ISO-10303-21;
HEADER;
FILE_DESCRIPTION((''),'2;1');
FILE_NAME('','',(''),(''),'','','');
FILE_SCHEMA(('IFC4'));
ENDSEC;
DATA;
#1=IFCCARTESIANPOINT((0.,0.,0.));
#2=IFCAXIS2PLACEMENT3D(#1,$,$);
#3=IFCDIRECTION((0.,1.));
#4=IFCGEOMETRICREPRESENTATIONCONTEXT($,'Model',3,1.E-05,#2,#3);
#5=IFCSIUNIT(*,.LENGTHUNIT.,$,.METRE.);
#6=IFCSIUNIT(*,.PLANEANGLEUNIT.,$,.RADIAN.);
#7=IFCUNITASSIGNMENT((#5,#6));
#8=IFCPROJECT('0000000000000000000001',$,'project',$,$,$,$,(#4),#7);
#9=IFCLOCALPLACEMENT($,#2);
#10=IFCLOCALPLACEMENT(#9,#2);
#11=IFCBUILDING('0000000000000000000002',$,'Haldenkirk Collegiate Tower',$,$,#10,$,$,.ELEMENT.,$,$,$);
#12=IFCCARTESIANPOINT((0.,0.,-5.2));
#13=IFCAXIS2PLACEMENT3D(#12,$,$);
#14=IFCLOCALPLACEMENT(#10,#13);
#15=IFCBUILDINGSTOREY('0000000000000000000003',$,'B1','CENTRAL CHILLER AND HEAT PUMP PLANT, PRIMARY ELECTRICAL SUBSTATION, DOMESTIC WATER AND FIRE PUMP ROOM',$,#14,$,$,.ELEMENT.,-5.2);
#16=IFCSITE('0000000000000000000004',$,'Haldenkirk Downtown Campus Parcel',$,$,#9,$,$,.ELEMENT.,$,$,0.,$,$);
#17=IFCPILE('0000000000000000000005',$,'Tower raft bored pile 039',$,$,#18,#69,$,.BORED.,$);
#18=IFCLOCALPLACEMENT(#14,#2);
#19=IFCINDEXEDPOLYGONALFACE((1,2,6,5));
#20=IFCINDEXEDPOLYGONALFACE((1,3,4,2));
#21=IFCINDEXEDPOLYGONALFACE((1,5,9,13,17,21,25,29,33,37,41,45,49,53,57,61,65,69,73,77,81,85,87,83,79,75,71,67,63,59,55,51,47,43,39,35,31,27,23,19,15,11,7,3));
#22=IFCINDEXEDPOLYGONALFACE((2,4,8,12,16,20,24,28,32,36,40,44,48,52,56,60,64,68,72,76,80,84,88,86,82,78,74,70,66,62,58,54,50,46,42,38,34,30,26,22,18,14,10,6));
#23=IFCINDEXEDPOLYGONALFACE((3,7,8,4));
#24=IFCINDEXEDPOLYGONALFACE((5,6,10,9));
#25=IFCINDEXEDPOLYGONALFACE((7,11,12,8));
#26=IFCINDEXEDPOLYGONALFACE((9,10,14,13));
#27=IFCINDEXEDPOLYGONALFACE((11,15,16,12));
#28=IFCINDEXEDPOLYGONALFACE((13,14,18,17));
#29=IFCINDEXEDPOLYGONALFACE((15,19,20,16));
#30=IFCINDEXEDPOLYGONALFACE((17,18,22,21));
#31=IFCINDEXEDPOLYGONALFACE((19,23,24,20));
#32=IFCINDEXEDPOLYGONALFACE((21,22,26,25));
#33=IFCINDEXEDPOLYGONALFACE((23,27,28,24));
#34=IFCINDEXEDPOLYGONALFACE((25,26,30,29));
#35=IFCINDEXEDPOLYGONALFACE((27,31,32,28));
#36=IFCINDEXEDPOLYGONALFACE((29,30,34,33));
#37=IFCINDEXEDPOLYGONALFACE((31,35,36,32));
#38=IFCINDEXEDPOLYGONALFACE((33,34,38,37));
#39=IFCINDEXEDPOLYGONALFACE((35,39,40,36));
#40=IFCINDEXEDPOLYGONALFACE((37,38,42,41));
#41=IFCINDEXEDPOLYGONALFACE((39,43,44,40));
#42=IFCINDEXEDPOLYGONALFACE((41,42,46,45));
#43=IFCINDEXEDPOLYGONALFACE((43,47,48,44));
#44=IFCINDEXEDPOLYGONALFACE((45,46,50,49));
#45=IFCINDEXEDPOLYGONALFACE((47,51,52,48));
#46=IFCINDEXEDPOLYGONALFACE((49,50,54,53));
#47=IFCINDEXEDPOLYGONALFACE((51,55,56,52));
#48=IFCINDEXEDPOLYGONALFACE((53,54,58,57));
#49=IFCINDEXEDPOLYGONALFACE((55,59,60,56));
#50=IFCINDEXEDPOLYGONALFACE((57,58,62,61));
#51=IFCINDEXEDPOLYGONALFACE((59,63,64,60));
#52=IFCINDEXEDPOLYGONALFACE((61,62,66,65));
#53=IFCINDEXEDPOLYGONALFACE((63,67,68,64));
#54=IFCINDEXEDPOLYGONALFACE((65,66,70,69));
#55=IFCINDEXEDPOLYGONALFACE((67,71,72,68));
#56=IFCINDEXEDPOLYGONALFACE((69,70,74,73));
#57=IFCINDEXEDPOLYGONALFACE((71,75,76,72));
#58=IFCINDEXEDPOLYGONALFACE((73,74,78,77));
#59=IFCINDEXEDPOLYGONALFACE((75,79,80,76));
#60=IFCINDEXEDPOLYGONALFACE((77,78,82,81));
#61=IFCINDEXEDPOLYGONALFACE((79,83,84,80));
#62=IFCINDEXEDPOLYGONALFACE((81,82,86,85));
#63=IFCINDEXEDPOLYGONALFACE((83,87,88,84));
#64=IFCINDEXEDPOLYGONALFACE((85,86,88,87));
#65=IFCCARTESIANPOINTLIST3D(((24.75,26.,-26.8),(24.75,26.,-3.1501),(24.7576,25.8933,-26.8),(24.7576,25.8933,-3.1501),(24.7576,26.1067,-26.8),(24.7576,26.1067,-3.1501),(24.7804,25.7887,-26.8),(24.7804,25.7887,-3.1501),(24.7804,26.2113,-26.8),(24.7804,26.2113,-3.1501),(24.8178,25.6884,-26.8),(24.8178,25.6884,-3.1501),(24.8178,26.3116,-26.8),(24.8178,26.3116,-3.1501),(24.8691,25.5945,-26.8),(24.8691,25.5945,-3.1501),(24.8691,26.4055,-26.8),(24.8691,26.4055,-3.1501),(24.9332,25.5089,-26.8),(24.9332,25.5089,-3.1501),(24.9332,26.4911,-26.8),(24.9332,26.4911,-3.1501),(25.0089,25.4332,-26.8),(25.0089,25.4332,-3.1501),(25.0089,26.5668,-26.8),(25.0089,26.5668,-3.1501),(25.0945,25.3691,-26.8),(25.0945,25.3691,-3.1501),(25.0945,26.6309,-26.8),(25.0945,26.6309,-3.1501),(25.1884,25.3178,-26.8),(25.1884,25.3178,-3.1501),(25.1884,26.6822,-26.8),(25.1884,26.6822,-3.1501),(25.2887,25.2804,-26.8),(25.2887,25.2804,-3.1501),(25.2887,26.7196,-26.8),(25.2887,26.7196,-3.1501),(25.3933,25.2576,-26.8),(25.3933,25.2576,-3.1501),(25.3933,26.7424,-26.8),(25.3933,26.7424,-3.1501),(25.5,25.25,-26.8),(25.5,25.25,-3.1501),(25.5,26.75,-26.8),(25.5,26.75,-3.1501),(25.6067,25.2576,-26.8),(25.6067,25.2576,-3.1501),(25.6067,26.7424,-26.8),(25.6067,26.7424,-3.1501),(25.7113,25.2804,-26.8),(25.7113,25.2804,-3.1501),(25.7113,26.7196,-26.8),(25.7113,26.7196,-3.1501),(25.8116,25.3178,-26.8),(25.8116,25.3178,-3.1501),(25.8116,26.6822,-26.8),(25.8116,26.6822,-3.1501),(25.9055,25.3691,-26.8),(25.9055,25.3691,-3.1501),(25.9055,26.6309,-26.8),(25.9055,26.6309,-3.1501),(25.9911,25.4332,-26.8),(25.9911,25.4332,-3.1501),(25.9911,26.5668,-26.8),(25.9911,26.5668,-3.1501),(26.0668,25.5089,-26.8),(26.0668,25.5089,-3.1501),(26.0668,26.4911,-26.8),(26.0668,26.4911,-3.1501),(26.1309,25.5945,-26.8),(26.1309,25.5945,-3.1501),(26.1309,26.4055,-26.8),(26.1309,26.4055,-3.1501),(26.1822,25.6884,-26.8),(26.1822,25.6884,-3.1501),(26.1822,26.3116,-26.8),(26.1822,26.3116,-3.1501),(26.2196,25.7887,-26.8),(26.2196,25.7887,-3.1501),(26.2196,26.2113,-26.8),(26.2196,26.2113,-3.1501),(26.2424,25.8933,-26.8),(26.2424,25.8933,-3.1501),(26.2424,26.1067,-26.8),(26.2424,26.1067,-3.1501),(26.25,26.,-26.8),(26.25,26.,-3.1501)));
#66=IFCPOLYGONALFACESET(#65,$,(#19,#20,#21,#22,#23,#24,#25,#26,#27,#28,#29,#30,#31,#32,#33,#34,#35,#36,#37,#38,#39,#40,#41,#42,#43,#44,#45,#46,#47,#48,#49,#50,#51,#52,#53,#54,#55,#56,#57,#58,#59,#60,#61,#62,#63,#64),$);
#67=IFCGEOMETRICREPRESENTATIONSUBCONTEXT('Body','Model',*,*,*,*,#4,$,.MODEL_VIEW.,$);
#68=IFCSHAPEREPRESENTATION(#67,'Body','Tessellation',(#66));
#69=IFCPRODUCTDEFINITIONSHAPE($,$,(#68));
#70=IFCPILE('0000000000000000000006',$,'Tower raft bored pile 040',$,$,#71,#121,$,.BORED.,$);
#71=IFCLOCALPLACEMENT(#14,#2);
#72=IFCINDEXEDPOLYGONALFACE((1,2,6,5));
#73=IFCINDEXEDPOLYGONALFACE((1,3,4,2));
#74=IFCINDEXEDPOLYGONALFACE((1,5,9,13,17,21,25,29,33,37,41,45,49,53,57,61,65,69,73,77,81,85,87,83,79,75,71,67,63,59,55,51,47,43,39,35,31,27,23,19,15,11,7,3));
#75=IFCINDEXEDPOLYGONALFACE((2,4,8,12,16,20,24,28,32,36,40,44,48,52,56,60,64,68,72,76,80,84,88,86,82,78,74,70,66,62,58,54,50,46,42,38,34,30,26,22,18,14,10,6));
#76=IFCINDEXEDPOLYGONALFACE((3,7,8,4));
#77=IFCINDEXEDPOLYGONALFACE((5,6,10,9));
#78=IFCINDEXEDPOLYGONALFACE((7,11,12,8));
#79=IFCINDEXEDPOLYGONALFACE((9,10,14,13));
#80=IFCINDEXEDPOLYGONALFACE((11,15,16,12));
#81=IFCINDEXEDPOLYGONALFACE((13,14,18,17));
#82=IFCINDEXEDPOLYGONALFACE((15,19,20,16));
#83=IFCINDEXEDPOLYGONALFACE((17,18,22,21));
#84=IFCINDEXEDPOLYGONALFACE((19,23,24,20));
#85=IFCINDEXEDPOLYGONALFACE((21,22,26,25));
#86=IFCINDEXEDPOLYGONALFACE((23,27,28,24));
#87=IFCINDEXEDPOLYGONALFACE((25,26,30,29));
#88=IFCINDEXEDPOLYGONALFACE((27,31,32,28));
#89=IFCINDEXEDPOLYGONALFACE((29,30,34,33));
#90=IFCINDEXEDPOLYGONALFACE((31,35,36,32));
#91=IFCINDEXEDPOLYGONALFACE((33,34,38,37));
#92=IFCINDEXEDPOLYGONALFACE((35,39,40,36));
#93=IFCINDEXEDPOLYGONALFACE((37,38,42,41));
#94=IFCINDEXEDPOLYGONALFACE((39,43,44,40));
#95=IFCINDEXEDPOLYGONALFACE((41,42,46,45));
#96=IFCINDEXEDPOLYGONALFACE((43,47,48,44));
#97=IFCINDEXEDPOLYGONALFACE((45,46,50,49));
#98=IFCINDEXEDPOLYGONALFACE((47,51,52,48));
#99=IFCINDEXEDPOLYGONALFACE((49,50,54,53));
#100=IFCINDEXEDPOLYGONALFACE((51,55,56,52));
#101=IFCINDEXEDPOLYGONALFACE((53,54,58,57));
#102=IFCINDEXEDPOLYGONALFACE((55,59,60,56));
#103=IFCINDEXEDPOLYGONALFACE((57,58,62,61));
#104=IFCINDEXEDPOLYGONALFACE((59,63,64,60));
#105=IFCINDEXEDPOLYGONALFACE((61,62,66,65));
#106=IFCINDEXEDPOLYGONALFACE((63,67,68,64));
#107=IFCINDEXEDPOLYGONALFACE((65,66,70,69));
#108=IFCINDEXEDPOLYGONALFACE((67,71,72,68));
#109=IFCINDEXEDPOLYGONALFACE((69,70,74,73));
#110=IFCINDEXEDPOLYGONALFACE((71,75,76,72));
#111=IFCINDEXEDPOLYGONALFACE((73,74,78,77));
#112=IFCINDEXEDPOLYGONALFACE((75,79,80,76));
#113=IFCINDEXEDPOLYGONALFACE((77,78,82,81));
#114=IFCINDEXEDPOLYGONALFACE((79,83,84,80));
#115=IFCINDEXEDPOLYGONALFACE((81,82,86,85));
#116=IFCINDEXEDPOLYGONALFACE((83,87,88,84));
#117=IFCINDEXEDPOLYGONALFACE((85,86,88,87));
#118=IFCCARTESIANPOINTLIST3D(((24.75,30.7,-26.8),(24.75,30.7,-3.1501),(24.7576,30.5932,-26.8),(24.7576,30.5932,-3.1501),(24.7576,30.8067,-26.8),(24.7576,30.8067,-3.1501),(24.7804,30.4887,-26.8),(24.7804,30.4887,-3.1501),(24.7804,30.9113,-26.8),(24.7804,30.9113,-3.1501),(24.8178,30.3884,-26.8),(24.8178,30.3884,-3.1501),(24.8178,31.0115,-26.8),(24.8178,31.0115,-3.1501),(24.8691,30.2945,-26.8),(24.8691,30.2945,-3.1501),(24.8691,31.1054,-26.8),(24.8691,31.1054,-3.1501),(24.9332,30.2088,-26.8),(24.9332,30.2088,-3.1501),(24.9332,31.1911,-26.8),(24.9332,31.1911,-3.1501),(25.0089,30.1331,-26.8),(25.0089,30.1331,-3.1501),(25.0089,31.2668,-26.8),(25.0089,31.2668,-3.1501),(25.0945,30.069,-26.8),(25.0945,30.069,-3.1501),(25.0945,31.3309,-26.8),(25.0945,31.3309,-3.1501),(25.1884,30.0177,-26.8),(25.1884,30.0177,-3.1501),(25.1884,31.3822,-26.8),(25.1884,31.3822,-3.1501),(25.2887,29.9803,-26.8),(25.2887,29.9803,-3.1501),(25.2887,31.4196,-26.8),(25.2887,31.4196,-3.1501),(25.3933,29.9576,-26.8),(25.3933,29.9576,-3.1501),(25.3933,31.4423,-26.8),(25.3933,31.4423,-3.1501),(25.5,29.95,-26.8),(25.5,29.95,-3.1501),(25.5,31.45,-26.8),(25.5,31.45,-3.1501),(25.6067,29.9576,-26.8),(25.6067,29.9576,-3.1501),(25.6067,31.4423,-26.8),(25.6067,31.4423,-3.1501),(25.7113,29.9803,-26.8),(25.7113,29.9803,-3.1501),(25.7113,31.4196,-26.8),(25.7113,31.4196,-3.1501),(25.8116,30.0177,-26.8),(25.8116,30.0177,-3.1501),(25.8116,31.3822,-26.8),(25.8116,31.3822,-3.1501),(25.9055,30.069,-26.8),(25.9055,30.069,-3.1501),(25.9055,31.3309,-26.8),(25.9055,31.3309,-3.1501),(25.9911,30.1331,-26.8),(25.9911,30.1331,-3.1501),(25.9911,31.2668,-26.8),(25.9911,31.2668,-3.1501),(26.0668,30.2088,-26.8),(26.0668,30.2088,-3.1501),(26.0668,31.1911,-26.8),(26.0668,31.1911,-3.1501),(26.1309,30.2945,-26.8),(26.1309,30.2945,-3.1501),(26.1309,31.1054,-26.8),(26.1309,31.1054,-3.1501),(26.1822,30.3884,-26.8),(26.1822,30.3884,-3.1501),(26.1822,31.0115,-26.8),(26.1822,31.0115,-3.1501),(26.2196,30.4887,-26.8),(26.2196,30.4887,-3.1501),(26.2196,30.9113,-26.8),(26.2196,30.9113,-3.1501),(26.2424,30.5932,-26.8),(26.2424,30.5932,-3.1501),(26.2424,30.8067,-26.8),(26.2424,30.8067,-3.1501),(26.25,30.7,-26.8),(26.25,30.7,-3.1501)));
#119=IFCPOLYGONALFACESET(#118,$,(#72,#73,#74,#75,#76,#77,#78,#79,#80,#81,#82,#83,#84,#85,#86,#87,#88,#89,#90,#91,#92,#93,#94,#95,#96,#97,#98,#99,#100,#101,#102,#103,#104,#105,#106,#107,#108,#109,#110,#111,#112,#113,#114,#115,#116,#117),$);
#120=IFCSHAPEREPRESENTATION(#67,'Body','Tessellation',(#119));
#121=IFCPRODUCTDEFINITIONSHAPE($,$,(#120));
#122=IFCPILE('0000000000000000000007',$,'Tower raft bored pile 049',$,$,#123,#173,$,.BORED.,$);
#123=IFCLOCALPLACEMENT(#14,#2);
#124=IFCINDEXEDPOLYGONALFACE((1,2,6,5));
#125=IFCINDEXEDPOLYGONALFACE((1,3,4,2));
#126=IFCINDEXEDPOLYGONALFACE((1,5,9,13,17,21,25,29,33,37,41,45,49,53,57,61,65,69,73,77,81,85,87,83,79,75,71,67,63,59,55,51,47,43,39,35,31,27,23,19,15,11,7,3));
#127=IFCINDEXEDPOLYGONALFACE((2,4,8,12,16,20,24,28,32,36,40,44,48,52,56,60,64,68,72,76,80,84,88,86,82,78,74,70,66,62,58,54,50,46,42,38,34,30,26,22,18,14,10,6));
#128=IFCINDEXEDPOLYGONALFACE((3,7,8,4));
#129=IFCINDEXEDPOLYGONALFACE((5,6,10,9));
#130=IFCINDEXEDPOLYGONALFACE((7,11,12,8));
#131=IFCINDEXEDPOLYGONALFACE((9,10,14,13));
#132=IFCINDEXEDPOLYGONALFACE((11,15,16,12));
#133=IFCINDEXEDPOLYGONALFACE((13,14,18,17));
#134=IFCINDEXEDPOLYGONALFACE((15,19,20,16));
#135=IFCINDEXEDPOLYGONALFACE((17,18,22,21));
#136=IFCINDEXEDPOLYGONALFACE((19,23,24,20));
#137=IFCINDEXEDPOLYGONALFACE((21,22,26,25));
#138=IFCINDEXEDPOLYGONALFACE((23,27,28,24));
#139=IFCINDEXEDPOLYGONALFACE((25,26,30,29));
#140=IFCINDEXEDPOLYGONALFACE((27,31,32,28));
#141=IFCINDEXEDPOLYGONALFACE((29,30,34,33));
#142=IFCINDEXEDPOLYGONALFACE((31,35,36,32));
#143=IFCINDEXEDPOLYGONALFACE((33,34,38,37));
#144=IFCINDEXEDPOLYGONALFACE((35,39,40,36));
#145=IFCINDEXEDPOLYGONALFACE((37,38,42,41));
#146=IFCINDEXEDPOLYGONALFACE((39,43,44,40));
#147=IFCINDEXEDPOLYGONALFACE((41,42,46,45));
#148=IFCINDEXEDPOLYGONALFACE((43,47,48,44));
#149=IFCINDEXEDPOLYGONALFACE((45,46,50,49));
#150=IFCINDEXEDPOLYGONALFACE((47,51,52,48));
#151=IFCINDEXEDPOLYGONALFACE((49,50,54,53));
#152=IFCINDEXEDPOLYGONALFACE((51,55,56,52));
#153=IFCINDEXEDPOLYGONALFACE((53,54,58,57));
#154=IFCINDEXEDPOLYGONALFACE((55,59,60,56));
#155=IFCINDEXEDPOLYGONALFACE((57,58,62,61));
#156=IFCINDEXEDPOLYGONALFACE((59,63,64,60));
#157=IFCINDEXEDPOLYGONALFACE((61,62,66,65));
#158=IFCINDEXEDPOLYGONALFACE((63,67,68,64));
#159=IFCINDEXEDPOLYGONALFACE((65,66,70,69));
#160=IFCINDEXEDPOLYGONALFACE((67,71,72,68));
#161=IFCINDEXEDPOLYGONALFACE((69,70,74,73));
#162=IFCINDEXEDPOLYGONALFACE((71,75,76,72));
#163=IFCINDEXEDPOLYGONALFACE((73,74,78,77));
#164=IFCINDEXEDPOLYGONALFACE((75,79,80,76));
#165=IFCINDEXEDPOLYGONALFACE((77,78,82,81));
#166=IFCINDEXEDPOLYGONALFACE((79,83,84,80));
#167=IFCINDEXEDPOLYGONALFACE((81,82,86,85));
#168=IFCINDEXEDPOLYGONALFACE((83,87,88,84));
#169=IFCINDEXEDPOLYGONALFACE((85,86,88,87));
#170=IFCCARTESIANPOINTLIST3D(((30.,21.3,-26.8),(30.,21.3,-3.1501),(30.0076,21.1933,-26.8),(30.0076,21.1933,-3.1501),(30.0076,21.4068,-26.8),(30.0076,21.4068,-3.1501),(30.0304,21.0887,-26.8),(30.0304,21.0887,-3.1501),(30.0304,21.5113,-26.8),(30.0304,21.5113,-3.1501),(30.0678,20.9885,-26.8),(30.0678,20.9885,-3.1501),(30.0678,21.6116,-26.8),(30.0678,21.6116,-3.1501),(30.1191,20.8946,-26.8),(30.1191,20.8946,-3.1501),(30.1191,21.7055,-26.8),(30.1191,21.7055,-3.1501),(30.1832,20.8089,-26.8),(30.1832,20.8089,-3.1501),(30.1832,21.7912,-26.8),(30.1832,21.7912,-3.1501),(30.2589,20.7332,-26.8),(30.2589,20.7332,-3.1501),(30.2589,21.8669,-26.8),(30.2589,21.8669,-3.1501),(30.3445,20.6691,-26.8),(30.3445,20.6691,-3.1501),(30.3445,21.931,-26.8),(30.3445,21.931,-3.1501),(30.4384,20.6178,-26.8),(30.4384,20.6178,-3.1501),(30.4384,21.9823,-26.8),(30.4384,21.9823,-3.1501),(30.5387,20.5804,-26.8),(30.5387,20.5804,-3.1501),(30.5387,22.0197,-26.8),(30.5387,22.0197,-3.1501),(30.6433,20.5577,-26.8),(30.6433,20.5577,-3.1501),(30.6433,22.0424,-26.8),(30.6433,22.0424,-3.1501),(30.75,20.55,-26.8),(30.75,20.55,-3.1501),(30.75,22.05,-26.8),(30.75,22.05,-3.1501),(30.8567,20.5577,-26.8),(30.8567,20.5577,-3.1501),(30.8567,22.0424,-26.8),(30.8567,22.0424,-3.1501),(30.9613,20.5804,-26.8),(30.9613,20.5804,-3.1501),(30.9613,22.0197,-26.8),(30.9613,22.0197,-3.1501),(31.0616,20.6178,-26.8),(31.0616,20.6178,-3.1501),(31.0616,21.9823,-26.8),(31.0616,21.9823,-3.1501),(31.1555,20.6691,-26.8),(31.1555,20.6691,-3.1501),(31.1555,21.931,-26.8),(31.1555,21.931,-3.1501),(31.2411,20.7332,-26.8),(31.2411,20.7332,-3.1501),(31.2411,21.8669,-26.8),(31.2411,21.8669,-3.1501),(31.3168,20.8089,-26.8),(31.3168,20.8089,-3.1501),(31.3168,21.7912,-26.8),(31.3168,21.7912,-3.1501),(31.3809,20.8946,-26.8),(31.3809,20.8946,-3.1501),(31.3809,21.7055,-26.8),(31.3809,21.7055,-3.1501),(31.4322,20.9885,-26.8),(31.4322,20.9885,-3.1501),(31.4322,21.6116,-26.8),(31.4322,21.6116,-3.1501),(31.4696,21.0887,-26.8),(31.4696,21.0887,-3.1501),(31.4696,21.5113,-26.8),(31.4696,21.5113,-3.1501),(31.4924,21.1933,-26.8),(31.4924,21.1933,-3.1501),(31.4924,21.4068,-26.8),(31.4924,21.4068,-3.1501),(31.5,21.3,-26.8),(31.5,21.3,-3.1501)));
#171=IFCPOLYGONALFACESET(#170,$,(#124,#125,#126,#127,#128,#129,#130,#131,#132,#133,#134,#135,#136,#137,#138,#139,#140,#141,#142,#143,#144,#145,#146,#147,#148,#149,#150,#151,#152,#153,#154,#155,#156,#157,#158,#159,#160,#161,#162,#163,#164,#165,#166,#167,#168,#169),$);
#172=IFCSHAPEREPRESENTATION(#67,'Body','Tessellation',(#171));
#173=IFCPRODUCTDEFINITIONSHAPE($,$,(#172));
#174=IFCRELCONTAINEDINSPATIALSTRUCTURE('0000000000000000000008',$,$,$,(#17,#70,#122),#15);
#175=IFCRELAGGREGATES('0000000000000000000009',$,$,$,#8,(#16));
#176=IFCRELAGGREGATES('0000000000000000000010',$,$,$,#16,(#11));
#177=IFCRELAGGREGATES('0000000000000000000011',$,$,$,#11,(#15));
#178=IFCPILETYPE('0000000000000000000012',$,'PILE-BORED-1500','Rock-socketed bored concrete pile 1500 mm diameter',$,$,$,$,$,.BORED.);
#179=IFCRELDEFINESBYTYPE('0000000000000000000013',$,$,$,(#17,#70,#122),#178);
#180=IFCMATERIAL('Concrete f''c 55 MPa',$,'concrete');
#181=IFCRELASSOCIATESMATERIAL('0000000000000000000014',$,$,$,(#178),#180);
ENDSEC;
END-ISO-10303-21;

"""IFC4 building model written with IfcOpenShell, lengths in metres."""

from ifc_helpers import new_model, si_unit, direction, frame, origin, origin_2d, place, context, subcontext, project, spatial, circle, extrude, material, material_profile, profile_set, type_object, element, save


model = new_model("IFC4")

# Units and contexts
model_context = context("Model", 3, precision=1e-05, world=origin(), true_north=direction((0.0, 1.0)))
body_context = subcontext(model_context, "Body", "Model", "MODEL_VIEW")
ifc_project = project(units=[si_unit("LENGTHUNIT", "METRE"), si_unit("PLANEANGLEUNIT", "RADIAN")], contexts=[model_context])

# Site, building, storey
site_placement = place(None, origin())
site = spatial("IfcSite", under=ifc_project, at=site_placement, Name="Haldenkirk Downtown Campus Parcel", CompositionType="ELEMENT", RefElevation=0.0)
building_placement = place(site_placement, origin())
building = spatial("IfcBuilding", under=site, at=building_placement, Name="Haldenkirk Collegiate Tower", CompositionType="ELEMENT")
storey_placement = place(building_placement, frame((0.0, 0.0, -5.2)))
storey = spatial("IfcBuildingStorey", under=building, at=storey_placement, Name="B1", Description="CENTRAL CHILLER AND HEAT PUMP PLANT, PRIMARY ELECTRICAL SUBSTATION, DOMESTIC WATER AND FIRE PUMP ROOM", CompositionType="ELEMENT", Elevation=-5.2)

# Piles
ifc_material_1 = material(Name="Concrete f'c 55 MPa", Category="concrete")
ifc_material_profile = material_profile(ifc_material_1, circle(Radius=0.75, at=origin_2d()), Name="PILE1500")
ifc_profile_set = profile_set([ifc_material_profile], Name="Concrete f'c 55 MPa")
pile_type = type_object("IfcPileType", Name="PILE-BORED-1500", Description="Rock-socketed bored concrete pile 1500 mm diameter", PredefinedType="BORED", material=ifc_profile_set)
for number, where, z_axis, x_axis, name in (
    (1, (25.5, 26.0, -3.1501), (0.0, 0.0, -1.0), (1.0, 0.0, 0.0), "Tower raft bored pile 039"),
    (2, (25.5, 30.7, -3.1501), (0.0, 0.0, -1.0), (1.0, 0.0, 0.0), "Tower raft bored pile 040"),
    (3, (30.75, 21.3, -3.1501), (0.0, 0.0, -1.0), (1.0, 0.0, 0.0), "Tower raft bored pile 049"),
):
    element("IfcPile", number, at=place(storey_placement, frame(where, z_axis=z_axis, x_axis=x_axis)), inside=storey, type_object=pile_type, Name=name, PredefinedType="BORED", context=body_context, shape_type="SweptSolid", body=[
        extrude(circle(Radius=0.75, at=origin_2d()), origin(), (0.0, 0.0, 1.0), 23.6499),
    ])

save(model, "model.ifc")
